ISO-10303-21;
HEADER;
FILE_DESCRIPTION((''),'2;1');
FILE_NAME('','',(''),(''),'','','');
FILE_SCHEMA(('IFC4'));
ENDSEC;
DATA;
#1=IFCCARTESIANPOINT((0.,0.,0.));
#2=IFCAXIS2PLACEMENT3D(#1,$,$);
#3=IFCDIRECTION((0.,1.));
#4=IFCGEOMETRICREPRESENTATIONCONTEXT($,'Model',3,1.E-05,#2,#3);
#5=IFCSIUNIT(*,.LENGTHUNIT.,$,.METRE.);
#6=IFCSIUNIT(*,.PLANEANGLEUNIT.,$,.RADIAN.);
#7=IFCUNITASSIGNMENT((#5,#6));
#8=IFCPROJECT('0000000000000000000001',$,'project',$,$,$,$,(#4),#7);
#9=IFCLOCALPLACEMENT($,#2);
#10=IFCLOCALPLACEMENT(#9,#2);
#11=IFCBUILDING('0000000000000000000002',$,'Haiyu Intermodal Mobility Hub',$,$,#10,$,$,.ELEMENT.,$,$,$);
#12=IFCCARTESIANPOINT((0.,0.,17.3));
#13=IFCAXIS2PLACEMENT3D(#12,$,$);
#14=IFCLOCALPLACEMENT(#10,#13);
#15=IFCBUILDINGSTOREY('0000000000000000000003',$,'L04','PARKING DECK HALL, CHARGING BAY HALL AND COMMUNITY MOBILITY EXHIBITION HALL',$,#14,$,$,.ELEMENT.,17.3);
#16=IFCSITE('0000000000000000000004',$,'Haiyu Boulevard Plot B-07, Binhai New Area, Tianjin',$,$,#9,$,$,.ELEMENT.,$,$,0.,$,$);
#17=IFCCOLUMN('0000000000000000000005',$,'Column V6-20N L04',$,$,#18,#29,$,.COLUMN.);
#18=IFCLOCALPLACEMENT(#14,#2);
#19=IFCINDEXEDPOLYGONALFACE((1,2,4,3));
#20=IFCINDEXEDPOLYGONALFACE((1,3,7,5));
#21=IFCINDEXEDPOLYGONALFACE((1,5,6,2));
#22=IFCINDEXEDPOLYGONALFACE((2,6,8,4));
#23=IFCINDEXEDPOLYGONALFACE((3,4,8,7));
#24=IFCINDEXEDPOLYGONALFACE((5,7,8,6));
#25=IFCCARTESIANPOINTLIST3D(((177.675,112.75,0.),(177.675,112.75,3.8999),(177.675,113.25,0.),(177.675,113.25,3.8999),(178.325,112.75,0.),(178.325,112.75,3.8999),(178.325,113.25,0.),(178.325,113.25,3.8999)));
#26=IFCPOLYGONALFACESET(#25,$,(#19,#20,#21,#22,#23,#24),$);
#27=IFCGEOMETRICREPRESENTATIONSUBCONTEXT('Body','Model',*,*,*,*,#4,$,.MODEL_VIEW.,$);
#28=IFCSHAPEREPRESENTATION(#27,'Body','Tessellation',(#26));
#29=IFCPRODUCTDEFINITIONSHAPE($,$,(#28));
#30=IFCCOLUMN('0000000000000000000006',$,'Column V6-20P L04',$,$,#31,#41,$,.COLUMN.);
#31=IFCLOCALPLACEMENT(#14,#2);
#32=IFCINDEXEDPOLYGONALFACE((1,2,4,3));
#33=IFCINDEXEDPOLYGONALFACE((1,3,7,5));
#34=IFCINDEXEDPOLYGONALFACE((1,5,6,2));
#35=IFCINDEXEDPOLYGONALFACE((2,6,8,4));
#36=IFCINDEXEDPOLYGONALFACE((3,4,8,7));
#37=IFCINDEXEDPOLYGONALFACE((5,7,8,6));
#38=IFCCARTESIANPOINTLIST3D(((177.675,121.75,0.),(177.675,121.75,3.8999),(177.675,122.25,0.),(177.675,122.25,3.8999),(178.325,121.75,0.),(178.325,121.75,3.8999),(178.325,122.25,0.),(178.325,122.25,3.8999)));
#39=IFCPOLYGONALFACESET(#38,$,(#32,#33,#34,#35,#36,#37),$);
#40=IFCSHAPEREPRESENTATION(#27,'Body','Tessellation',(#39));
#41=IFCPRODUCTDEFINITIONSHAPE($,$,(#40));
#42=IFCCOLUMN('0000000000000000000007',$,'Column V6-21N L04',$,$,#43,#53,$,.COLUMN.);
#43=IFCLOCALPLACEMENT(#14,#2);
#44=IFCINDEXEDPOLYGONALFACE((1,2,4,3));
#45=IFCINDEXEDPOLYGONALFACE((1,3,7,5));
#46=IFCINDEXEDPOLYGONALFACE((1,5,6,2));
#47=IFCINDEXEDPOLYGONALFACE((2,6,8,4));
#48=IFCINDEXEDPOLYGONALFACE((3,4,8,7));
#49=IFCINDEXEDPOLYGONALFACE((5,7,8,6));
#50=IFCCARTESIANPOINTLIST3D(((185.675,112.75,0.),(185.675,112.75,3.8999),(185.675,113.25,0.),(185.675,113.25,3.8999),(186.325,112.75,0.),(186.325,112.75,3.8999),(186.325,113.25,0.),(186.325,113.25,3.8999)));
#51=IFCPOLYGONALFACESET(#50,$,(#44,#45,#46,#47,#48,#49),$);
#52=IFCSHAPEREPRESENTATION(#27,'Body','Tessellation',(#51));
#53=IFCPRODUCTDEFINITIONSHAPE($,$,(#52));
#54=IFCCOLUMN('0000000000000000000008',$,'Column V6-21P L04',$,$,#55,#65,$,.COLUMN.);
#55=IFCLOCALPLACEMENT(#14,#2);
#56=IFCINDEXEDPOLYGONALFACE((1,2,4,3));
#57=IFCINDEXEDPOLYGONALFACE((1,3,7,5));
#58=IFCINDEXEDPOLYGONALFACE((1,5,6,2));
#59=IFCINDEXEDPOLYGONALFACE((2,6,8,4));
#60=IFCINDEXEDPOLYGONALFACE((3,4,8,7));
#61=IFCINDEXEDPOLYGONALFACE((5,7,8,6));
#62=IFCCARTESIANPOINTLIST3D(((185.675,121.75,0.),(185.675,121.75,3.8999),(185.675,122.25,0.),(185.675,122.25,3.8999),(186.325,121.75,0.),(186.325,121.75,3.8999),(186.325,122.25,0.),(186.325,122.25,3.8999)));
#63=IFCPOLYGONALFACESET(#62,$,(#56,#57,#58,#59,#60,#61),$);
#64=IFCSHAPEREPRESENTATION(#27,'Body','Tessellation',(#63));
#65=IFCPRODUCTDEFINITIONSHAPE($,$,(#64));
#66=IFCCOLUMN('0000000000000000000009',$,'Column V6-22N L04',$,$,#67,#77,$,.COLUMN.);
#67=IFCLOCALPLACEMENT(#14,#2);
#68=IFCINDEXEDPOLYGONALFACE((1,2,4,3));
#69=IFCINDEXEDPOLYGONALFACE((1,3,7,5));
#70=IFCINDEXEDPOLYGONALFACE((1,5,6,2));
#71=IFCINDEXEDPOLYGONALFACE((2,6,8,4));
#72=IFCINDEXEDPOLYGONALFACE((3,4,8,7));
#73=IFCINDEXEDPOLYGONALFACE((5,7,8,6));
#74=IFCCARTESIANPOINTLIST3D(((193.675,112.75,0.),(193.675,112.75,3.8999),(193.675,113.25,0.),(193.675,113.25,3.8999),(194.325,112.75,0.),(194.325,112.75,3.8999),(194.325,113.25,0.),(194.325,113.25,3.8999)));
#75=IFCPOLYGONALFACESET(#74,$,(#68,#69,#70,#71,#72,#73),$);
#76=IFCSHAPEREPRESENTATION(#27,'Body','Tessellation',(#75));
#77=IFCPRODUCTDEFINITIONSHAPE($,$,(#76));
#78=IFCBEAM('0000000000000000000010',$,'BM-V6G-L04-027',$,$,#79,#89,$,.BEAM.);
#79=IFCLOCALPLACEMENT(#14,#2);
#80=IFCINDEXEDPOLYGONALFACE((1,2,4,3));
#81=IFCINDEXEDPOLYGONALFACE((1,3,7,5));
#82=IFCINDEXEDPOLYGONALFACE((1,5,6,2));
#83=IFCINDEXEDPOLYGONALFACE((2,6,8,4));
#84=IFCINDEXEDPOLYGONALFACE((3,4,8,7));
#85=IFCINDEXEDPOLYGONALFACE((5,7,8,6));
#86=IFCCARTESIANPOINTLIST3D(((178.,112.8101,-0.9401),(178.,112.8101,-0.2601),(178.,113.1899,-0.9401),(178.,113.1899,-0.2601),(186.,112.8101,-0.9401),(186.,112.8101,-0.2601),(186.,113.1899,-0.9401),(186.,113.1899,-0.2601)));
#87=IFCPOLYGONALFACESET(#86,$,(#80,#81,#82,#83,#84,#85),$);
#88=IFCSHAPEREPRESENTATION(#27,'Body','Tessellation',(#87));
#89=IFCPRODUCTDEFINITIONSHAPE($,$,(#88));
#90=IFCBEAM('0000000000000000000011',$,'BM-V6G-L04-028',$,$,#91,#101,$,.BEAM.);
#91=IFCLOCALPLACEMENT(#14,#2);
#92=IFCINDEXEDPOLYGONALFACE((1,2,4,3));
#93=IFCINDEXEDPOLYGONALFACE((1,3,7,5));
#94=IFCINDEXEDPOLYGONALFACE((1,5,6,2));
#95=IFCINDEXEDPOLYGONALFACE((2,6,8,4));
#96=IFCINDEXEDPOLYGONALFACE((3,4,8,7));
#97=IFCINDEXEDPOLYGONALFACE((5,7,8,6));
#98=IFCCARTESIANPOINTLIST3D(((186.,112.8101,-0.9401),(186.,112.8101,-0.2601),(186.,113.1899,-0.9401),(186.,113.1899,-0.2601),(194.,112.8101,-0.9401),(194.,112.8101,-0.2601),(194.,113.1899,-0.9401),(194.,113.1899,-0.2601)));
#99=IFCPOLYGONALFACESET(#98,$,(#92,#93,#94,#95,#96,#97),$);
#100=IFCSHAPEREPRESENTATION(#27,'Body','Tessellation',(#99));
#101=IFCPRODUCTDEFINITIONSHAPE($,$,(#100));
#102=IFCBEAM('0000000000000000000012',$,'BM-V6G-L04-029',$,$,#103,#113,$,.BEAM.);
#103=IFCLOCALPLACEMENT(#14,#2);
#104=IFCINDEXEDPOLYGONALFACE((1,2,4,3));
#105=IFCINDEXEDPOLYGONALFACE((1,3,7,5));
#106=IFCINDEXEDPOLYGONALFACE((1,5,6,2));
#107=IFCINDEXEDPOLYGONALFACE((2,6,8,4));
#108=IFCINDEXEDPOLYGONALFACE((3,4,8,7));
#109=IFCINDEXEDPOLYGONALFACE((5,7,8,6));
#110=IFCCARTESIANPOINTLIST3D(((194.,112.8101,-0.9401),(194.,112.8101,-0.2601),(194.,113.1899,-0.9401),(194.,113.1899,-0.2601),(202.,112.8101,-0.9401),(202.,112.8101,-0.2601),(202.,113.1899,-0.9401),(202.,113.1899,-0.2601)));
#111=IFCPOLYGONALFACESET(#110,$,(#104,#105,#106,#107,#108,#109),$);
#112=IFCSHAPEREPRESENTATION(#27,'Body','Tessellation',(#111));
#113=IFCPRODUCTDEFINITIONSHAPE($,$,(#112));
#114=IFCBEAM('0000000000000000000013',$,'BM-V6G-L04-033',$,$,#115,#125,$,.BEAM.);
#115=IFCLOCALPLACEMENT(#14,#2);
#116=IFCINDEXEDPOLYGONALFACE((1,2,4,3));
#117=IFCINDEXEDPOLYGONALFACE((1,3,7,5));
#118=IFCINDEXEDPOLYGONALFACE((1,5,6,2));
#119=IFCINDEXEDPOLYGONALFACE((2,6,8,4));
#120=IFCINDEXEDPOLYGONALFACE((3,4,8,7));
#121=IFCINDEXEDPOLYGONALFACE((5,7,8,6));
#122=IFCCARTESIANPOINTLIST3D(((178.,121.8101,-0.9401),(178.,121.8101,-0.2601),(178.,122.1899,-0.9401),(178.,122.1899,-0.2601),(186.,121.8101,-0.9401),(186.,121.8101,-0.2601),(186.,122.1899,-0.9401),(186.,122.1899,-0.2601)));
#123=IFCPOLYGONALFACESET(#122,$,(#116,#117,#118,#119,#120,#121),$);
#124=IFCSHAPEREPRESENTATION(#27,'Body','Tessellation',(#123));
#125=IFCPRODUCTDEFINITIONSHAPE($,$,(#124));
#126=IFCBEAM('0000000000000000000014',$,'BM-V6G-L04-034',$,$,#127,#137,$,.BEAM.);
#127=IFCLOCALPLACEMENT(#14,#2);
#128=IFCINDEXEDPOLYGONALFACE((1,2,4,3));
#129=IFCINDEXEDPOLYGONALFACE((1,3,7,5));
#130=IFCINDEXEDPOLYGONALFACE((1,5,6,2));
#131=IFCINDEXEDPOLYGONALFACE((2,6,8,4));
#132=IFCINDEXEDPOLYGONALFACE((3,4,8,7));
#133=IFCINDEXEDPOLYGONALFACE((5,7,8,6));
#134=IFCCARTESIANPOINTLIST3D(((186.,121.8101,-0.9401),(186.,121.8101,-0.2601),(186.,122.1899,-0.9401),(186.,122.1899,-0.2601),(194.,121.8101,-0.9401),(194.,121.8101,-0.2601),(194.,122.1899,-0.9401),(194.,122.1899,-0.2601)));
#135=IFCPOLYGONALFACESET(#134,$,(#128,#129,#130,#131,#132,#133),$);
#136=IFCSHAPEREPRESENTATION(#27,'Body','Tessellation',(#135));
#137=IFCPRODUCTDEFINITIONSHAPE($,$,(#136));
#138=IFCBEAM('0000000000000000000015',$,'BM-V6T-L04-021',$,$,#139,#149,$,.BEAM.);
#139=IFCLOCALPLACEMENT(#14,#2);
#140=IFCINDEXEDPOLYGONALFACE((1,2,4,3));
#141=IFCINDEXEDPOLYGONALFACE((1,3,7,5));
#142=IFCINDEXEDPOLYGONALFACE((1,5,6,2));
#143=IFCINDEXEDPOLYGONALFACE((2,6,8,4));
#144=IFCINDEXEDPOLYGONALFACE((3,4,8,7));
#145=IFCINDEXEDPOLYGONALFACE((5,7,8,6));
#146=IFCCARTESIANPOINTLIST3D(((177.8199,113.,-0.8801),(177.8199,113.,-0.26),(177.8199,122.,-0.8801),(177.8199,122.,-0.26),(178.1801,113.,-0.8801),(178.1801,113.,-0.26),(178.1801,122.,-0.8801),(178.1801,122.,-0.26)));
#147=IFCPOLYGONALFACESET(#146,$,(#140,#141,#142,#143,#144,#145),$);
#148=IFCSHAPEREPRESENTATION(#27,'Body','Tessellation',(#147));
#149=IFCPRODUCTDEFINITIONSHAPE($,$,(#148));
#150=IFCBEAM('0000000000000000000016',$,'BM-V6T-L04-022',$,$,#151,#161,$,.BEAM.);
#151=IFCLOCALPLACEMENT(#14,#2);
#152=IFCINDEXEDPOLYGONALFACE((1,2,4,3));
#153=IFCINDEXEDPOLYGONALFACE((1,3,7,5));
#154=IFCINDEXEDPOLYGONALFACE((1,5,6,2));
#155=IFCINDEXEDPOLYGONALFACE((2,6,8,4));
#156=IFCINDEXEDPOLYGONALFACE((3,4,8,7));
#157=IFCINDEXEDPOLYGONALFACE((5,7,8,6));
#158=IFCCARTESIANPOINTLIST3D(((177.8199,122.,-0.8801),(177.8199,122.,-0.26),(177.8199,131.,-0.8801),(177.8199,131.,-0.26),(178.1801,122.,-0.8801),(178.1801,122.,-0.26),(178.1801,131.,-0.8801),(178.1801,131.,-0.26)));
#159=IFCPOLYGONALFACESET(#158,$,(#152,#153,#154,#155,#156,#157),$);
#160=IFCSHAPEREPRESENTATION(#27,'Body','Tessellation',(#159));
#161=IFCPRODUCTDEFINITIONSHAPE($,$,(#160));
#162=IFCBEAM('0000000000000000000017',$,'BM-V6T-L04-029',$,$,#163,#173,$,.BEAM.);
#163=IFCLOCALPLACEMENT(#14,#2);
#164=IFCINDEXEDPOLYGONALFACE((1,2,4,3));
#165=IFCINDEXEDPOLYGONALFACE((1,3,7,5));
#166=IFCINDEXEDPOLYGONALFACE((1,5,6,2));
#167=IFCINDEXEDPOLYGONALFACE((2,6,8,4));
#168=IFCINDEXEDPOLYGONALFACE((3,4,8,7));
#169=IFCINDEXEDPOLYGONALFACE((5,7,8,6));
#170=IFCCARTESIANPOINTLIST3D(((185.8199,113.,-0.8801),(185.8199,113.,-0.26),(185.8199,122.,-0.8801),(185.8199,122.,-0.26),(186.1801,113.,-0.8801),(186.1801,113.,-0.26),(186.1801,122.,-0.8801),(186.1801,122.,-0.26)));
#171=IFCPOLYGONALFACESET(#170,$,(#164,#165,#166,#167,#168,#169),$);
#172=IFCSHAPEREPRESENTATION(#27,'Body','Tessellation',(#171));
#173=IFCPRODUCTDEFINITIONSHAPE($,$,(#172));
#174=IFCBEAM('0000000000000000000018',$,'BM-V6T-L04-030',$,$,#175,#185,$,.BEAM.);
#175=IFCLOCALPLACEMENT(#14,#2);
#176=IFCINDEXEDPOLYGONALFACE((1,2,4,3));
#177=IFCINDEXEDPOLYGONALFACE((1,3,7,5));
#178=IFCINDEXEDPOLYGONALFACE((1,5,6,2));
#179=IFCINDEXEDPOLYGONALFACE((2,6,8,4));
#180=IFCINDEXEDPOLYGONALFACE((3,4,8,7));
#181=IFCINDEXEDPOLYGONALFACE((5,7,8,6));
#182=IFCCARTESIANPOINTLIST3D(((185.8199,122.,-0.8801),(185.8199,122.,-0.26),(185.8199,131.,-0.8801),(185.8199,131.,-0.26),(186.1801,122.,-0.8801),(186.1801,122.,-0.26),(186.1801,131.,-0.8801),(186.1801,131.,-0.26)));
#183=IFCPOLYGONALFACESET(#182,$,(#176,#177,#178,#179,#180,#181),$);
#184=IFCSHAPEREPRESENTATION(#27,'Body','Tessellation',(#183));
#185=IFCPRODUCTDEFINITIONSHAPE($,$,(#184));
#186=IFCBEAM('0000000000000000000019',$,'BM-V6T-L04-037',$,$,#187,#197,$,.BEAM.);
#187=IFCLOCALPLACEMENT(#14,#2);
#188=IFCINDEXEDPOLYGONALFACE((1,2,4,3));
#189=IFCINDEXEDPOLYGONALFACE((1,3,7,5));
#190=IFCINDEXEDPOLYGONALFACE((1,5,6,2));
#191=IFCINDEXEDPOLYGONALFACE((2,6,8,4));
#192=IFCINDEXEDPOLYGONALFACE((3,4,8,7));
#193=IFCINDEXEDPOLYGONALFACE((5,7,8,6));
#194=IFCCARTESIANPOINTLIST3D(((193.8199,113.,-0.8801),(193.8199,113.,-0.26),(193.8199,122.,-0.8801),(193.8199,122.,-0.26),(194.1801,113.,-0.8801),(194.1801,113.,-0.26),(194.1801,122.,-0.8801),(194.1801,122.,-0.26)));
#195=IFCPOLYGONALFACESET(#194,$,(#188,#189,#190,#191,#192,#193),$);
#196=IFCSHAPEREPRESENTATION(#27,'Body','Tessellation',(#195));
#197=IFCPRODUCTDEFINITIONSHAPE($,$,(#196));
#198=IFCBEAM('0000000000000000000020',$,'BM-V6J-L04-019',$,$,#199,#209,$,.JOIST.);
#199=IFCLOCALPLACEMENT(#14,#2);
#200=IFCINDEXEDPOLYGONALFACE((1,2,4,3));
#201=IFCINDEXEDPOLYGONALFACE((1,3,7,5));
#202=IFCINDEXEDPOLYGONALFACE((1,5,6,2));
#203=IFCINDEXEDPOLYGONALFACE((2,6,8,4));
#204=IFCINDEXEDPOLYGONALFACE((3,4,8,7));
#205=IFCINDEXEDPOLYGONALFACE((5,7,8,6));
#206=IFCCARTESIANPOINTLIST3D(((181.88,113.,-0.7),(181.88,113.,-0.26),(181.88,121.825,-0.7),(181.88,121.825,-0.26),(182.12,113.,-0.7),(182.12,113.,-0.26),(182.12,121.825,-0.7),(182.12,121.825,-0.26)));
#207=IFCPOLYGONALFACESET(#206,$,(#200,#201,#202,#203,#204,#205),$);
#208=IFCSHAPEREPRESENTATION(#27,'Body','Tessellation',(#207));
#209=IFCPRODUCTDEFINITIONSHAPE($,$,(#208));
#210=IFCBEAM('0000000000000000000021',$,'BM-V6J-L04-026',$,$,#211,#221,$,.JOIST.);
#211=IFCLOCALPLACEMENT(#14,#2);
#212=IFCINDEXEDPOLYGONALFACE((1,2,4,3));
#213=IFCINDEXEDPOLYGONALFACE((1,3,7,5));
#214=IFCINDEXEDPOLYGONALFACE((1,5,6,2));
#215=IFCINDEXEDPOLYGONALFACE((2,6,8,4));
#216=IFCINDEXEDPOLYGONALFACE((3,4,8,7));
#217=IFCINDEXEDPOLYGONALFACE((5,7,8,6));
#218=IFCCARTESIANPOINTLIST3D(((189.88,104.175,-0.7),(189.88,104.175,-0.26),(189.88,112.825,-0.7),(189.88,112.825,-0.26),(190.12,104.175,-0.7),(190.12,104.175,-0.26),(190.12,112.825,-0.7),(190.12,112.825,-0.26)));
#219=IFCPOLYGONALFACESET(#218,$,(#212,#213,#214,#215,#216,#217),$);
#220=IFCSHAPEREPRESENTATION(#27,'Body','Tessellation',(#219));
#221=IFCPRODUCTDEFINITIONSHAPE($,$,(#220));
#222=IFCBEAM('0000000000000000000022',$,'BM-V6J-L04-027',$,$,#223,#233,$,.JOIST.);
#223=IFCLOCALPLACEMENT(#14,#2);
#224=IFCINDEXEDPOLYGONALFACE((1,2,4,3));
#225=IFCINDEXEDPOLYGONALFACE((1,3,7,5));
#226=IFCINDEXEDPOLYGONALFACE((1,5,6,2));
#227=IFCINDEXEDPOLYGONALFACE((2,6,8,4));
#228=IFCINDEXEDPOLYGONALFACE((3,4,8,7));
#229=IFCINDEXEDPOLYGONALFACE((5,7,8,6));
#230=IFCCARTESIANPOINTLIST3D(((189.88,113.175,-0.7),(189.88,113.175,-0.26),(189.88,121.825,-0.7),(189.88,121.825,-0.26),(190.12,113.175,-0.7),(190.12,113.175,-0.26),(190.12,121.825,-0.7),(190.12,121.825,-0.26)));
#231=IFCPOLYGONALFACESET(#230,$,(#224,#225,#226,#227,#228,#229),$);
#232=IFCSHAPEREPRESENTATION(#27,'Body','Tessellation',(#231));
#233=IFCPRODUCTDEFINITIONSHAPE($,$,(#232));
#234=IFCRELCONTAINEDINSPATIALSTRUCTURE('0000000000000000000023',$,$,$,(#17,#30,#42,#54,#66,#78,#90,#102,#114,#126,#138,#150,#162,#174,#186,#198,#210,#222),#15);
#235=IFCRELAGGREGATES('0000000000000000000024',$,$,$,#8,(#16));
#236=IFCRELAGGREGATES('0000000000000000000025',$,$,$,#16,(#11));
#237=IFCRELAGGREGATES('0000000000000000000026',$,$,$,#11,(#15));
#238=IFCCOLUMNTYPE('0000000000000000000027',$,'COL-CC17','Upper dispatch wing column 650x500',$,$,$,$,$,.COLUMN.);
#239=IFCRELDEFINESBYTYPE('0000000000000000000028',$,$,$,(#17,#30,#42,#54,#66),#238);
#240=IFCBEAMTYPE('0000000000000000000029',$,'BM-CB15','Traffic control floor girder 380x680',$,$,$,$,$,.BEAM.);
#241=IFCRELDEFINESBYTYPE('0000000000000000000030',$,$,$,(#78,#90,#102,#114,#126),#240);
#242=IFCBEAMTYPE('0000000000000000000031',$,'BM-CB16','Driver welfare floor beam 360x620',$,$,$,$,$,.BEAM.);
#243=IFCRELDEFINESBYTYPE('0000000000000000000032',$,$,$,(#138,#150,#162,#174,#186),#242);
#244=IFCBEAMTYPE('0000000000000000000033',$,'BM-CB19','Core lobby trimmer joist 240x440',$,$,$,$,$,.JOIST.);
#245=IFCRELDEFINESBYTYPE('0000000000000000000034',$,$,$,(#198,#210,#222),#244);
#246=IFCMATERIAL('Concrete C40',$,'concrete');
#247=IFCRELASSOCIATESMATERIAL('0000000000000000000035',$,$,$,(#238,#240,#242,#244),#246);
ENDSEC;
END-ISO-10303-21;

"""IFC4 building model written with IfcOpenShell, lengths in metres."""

from ifc_helpers import new_model, si_unit, direction, frame, origin, origin_2d, place, context, subcontext, project, spatial, rectangle, extrude, material, material_profile, profile_set, type_object, element, save


model = new_model("IFC4")

# Units and contexts
model_context = context("Model", 3, precision=1e-05, world=origin(), true_north=direction((0.0, 1.0)))
body_context = subcontext(model_context, "Body", "Model", "MODEL_VIEW")
ifc_project = project(units=[si_unit("LENGTHUNIT", "METRE"), si_unit("PLANEANGLEUNIT", "RADIAN")], contexts=[model_context])

# Site, building, storey
site_placement = place(None, origin())
site = spatial("IfcSite", under=ifc_project, at=site_placement, Name="Haiyu Boulevard Plot B-07, Binhai New Area, Tianjin", CompositionType="ELEMENT", RefElevation=0.0)
building_placement = place(site_placement, origin())
building = spatial("IfcBuilding", under=site, at=building_placement, Name="Haiyu Intermodal Mobility Hub", CompositionType="ELEMENT")
storey_placement = place(building_placement, frame((0.0, 0.0, 17.3)))
storey = spatial("IfcBuildingStorey", under=building, at=storey_placement, Name="L04", Description="PARKING DECK HALL, CHARGING BAY HALL AND COMMUNITY MOBILITY EXHIBITION HALL", CompositionType="ELEMENT", Elevation=17.3)

# Columns
ifc_material_1 = material(Name="Concrete C40", Category="concrete")
ifc_material_profile_1 = material_profile(ifc_material_1, rectangle(XDim=0.6499, YDim=0.5, at=origin_2d()), Name="C650x500")
ifc_profile_set_1 = profile_set([ifc_material_profile_1], Name="Concrete C40")
column_type = type_object("IfcColumnType", Name="COL-CC17", Description="Upper dispatch wing column 650x500", PredefinedType="COLUMN", material=ifc_profile_set_1)
for number, where, z_axis, x_axis, name in (
    (1, (178.0, 113.0, 0.0), (0.0, 0.0, 1.0), (1.0, 0.0, 0.0), "Column V6-20N L04"),
    (2, (178.0, 122.0, 0.0), (0.0, 0.0, 1.0), (1.0, 0.0, 0.0), "Column V6-20P L04"),
    (3, (186.0, 113.0, 0.0), (0.0, 0.0, 1.0), (1.0, 0.0, 0.0), "Column V6-21N L04"),
    (4, (186.0, 122.0, 0.0), (0.0, 0.0, 1.0), (1.0, 0.0, 0.0), "Column V6-21P L04"),
    (5, (194.0, 113.0, 0.0), (0.0, 0.0, 1.0), (1.0, 0.0, 0.0), "Column V6-22N L04"),
):
    element("IfcColumn", number, at=place(storey_placement, frame(where, z_axis=z_axis, x_axis=x_axis)), inside=storey, type_object=column_type, Name=name, PredefinedType="COLUMN", context=body_context, shape_type="SweptSolid", body=[
        extrude(rectangle(XDim=0.6499, YDim=0.5, at=origin_2d()), origin(), (0.0, 0.0, 1.0), 3.8999),
    ])

# Beams
ifc_material_profile_2 = material_profile(ifc_material_1, rectangle(XDim=0.3799, YDim=0.6799, at=origin_2d()), Name="B380x680")
ifc_profile_set_2 = profile_set([ifc_material_profile_2], Name="Concrete C40")
beam_type_1 = type_object("IfcBeamType", Name="BM-CB15", Description="Traffic control floor girder 380x680", PredefinedType="BEAM", material=ifc_profile_set_2)
for number, where, z_axis, x_axis, name in (
    (6, (178.0, 113.0, -0.6001), (1.0, 0.0, 0.0), (0.0, 1.0, 0.0), "BM-V6G-L04-027"),
    (7, (186.0, 113.0, -0.6001), (1.0, 0.0, 0.0), (0.0, 1.0, 0.0), "BM-V6G-L04-028"),
    (8, (194.0, 113.0, -0.6001), (1.0, 0.0, 0.0), (0.0, 1.0, 0.0), "BM-V6G-L04-029"),
    (9, (178.0, 122.0, -0.6001), (1.0, 0.0, 0.0), (0.0, 1.0, 0.0), "BM-V6G-L04-033"),
    (10, (186.0, 122.0, -0.6001), (1.0, 0.0, 0.0), (0.0, 1.0, 0.0), "BM-V6G-L04-034"),
):
    element("IfcBeam", number, at=place(storey_placement, frame(where, z_axis=z_axis, x_axis=x_axis)), inside=storey, type_object=beam_type_1, Name=name, PredefinedType="BEAM", context=body_context, shape_type="SweptSolid", body=[
        extrude(rectangle(XDim=0.3799, YDim=0.6799, at=origin_2d()), origin(), (0.0, 0.0, 1.0), 8.0),
    ])
ifc_material_profile_3 = material_profile(ifc_material_1, rectangle(XDim=0.3601, YDim=0.6201, at=origin_2d()), Name="B360x620")
ifc_profile_set_3 = profile_set([ifc_material_profile_3], Name="Concrete C40")
beam_type_2 = type_object("IfcBeamType", Name="BM-CB16", Description="Driver welfare floor beam 360x620", PredefinedType="BEAM", material=ifc_profile_set_3)
for number, where, z_axis, x_axis, name in (
    (11, (178.0, 113.0, -0.5701), (0.0, 1.0, 0.0), (-1.0, 0.0, 0.0), "BM-V6T-L04-021"),
    (12, (178.0, 122.0, -0.5701), (0.0, 1.0, 0.0), (-1.0, 0.0, 0.0), "BM-V6T-L04-022"),
    (13, (186.0, 113.0, -0.5701), (0.0, 1.0, 0.0), (-1.0, 0.0, 0.0), "BM-V6T-L04-029"),
    (14, (186.0, 122.0, -0.5701), (0.0, 1.0, 0.0), (-1.0, 0.0, 0.0), "BM-V6T-L04-030"),
    (15, (194.0, 113.0, -0.5701), (0.0, 1.0, 0.0), (-1.0, 0.0, 0.0), "BM-V6T-L04-037"),
):
    element("IfcBeam", number, at=place(storey_placement, frame(where, z_axis=z_axis, x_axis=x_axis)), inside=storey, type_object=beam_type_2, Name=name, PredefinedType="BEAM", context=body_context, shape_type="SweptSolid", body=[
        extrude(rectangle(XDim=0.3601, YDim=0.6201, at=origin_2d()), origin(), (0.0, 0.0, 1.0), 9.0),
    ])
ifc_material_profile_4 = material_profile(ifc_material_1, rectangle(XDim=0.24, YDim=0.4399, at=origin_2d()), Name="B240x440")
ifc_profile_set_4 = profile_set([ifc_material_profile_4], Name="Concrete C40")
beam_type_3 = type_object("IfcBeamType", Name="BM-CB19", Description="Core lobby trimmer joist 240x440", PredefinedType="JOIST", material=ifc_profile_set_4)
beam_placement = place(storey_placement, frame((182.0, 113.0, -0.48), z_axis=(0.0, 1.0, 0.0), x_axis=(-1.0, 0.0, 0.0)))
element("IfcBeam", 16, at=beam_placement, inside=storey, type_object=beam_type_3, Name="BM-V6J-L04-019", PredefinedType="JOIST", context=body_context, shape_type="SweptSolid", body=[
    extrude(rectangle(XDim=0.24, YDim=0.4399, at=origin_2d()), origin(), (0.0, 0.0, 1.0), 8.825),
])
for number, where, z_axis, x_axis, name in (
    (17, (190.0, 104.175, -0.48), (0.0, 1.0, 0.0), (-1.0, 0.0, 0.0), "BM-V6J-L04-026"),
    (18, (190.0, 113.175, -0.48), (0.0, 1.0, 0.0), (-1.0, 0.0, 0.0), "BM-V6J-L04-027"),
):
    element("IfcBeam", number, at=place(storey_placement, frame(where, z_axis=z_axis, x_axis=x_axis)), inside=storey, type_object=beam_type_3, Name=name, PredefinedType="JOIST", context=body_context, shape_type="SweptSolid", body=[
        extrude(rectangle(XDim=0.24, YDim=0.4399, at=origin_2d()), origin(), (0.0, 0.0, 1.0), 8.6499),
    ])

save(model, "model.ifc")
